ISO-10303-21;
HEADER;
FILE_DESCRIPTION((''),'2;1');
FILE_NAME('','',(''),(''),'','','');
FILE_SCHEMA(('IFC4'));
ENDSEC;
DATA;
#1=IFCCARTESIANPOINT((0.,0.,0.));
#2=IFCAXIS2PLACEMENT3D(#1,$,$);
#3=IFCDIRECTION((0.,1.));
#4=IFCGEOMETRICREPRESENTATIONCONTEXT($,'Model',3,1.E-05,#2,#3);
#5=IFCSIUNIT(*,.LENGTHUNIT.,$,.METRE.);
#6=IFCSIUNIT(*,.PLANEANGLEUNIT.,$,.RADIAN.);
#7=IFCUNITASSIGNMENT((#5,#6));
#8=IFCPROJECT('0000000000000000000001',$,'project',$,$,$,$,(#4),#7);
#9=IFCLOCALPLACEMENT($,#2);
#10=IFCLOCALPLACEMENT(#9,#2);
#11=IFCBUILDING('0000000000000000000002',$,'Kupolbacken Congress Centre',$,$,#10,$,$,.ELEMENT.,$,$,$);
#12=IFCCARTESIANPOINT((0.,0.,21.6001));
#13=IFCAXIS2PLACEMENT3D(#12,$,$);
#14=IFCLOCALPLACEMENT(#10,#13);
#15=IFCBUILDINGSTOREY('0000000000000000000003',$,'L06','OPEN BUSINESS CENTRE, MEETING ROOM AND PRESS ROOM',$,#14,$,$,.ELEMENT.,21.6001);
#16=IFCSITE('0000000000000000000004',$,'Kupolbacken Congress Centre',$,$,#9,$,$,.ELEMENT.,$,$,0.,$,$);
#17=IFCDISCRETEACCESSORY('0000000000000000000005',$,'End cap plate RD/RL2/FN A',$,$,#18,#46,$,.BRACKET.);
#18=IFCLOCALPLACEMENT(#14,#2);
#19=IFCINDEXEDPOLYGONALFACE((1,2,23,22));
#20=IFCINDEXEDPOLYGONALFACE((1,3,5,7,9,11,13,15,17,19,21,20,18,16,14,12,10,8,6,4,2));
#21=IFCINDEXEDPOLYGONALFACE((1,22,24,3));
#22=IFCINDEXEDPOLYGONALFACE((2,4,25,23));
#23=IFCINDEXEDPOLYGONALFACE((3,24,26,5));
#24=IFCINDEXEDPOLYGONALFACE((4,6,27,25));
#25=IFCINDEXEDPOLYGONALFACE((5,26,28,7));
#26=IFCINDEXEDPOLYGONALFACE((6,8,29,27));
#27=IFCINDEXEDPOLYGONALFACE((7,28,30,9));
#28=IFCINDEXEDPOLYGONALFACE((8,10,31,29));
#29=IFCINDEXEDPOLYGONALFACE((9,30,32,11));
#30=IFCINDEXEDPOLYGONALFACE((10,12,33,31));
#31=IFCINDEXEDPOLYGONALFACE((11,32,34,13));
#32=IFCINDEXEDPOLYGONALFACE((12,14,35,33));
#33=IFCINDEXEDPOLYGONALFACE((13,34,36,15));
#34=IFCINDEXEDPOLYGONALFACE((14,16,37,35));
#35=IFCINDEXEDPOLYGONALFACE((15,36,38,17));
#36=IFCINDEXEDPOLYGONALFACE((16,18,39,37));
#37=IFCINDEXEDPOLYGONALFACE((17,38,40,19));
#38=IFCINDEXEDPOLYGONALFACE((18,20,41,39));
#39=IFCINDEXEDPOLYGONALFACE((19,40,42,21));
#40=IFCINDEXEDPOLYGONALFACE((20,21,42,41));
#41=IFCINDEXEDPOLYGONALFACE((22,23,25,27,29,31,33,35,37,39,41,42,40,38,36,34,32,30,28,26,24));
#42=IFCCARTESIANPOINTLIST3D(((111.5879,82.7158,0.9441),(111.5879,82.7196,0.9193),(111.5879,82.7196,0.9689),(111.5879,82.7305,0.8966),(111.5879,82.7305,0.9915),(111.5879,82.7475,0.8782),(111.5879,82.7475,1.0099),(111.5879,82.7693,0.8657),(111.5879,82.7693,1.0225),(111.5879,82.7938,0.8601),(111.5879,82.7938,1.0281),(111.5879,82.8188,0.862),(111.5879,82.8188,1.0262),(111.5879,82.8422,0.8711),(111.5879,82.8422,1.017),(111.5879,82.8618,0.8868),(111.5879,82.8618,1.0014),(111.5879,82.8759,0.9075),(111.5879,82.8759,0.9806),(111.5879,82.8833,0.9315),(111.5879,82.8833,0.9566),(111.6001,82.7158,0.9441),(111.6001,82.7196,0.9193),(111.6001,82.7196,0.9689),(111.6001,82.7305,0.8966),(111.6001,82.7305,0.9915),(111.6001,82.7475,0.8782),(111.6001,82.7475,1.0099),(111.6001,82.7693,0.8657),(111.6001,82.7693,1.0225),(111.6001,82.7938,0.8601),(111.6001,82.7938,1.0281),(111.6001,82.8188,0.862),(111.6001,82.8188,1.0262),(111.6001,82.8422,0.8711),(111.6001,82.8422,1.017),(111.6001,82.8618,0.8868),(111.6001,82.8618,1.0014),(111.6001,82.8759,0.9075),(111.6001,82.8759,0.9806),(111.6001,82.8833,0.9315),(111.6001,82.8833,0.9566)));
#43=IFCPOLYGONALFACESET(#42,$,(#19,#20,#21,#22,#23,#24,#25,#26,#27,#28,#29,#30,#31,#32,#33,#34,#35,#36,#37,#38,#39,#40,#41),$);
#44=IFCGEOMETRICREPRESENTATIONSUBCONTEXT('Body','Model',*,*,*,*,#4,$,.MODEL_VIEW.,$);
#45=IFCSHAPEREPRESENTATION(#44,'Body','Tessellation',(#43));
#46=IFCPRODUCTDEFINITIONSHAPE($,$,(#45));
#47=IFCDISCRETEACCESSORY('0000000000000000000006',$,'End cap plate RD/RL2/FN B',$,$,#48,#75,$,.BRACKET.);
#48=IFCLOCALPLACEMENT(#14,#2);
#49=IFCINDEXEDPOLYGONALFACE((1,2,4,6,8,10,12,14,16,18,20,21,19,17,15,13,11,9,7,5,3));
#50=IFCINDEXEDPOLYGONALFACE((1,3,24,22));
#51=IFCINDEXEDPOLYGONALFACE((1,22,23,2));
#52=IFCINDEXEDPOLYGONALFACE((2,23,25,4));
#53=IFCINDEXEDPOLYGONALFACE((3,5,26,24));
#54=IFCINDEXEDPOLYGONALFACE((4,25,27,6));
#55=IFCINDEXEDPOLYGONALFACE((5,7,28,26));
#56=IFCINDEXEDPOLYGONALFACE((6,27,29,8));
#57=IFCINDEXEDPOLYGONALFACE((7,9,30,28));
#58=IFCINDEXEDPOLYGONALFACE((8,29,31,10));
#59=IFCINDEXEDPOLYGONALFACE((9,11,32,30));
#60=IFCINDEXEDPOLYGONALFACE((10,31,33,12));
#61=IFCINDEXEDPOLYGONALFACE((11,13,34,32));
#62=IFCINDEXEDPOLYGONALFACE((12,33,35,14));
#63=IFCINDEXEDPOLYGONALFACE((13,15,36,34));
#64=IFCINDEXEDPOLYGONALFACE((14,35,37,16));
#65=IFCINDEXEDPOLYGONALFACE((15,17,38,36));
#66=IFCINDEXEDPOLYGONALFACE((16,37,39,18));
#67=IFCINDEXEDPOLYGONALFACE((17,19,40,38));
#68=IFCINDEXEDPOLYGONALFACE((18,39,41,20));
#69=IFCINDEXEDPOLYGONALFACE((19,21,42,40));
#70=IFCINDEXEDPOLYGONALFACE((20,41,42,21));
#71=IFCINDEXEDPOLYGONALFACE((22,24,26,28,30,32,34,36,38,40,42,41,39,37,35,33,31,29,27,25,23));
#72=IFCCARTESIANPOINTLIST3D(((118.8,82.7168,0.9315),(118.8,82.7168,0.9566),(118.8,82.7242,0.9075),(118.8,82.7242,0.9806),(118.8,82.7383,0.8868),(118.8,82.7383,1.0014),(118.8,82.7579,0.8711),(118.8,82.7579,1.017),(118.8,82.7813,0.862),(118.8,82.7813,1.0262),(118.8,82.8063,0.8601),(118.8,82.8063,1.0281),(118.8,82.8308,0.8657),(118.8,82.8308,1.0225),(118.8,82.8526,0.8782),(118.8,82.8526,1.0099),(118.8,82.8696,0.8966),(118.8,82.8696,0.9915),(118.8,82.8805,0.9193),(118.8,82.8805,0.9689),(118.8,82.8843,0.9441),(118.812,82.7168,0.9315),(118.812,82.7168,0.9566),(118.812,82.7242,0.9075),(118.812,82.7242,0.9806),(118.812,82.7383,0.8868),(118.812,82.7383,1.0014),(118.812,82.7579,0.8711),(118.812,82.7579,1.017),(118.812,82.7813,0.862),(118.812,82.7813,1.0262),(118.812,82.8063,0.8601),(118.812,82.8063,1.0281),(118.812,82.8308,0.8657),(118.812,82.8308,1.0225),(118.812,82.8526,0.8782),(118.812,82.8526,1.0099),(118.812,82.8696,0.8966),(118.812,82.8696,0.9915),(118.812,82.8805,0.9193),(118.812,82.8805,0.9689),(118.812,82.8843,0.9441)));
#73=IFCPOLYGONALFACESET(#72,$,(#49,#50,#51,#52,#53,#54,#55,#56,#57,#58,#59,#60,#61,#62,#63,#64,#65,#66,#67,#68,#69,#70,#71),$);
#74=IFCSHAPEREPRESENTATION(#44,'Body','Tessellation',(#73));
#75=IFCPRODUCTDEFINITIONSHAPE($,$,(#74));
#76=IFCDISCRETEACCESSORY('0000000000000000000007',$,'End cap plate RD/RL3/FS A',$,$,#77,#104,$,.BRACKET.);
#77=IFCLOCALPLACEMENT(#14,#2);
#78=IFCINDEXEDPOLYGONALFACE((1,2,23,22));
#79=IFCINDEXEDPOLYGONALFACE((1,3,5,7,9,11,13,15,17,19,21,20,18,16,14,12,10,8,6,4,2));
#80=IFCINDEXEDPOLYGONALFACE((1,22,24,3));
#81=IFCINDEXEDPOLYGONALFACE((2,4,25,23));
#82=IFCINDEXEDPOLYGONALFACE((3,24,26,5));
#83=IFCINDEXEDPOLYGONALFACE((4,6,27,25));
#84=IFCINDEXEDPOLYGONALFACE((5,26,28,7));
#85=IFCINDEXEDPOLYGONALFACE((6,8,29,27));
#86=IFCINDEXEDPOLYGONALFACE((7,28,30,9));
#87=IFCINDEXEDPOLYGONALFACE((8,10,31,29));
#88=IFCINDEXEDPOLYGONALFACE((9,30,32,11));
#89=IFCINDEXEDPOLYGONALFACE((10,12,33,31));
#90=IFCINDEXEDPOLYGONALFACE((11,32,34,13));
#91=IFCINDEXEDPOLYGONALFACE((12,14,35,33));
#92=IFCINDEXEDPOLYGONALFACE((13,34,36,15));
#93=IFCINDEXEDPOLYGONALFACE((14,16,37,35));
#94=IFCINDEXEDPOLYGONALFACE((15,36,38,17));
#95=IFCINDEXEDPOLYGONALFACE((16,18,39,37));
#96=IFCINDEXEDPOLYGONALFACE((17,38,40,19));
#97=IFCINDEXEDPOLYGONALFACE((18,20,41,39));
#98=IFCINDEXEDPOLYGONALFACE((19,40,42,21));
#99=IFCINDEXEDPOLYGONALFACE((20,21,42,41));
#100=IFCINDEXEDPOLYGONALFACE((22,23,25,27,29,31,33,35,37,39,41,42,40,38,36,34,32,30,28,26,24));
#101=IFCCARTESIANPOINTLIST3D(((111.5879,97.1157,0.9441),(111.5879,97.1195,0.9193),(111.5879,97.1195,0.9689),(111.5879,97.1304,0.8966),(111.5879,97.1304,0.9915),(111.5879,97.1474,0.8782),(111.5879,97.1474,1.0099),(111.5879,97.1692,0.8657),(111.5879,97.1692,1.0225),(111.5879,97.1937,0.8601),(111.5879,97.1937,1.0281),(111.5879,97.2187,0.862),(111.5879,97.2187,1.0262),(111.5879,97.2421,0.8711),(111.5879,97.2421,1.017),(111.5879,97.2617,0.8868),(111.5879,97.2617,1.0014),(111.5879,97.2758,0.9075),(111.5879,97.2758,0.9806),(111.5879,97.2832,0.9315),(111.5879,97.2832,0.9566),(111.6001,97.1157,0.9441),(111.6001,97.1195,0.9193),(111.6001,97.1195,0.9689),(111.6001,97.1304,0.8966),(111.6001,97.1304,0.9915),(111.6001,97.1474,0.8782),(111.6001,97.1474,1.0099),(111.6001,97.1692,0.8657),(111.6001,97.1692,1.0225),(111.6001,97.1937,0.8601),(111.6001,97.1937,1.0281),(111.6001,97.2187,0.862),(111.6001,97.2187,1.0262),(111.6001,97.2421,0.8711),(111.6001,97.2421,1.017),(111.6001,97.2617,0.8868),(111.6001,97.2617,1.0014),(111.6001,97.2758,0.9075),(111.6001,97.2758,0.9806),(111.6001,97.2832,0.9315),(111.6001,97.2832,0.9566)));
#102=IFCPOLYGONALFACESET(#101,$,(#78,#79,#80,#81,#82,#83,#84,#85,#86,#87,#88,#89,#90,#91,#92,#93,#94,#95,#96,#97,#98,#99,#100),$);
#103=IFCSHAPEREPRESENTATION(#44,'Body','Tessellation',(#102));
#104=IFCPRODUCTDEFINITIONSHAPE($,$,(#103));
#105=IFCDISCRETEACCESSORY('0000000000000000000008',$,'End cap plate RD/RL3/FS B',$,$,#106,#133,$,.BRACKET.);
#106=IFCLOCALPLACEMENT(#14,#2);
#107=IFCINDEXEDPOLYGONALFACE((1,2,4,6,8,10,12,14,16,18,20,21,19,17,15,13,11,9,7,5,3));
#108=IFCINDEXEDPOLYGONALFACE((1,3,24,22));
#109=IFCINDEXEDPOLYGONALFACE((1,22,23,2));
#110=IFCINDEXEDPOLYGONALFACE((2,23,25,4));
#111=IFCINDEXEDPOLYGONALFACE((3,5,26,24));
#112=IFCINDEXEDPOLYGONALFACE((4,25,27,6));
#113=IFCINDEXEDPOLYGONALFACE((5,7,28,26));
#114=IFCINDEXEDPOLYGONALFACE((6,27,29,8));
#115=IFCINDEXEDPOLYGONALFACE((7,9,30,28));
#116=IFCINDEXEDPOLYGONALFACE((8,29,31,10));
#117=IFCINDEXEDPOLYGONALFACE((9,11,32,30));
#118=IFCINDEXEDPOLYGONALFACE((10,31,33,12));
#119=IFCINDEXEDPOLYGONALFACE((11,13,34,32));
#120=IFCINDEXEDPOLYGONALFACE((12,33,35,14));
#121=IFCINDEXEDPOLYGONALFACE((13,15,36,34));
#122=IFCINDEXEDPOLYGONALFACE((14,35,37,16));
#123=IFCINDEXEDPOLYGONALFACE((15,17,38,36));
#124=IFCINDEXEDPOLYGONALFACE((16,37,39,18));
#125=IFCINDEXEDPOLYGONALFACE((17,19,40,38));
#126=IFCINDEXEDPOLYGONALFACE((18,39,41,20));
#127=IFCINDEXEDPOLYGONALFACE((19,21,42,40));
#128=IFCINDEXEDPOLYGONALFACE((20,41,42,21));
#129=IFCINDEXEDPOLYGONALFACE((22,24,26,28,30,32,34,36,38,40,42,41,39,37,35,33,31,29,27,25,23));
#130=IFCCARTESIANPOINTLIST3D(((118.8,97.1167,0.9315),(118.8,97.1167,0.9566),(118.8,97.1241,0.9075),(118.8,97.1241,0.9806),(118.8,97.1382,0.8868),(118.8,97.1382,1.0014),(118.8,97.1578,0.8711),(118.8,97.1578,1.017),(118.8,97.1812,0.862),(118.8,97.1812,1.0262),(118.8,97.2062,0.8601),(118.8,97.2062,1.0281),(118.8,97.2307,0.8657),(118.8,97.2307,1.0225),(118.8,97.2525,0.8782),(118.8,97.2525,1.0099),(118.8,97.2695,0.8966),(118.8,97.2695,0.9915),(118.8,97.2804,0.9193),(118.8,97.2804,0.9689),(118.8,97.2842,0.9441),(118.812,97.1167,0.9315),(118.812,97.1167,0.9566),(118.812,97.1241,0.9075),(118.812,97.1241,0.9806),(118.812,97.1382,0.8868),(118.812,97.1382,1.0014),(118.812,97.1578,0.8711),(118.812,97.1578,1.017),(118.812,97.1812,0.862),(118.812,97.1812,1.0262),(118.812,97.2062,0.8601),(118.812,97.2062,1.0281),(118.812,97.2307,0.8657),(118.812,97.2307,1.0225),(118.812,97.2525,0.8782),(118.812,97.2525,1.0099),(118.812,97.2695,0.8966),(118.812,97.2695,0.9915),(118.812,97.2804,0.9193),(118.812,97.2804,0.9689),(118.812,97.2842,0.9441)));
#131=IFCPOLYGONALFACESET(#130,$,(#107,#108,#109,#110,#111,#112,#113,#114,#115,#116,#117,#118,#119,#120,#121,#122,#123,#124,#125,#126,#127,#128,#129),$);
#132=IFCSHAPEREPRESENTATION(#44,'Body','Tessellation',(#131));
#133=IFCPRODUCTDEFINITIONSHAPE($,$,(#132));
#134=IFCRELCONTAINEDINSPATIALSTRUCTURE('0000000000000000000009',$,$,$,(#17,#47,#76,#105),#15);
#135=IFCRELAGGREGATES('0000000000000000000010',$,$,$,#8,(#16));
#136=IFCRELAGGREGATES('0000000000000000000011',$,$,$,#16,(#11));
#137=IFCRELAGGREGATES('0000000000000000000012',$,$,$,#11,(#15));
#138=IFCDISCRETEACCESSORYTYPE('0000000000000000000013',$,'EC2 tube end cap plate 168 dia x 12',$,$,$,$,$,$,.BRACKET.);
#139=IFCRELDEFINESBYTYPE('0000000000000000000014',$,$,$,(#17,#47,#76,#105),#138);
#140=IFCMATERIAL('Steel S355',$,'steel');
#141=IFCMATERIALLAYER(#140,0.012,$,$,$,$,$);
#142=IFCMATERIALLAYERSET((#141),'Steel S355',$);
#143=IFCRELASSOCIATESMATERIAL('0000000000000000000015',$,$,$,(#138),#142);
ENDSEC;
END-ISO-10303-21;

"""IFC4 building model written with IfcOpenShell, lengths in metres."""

from ifc_helpers import new_model, si_unit, direction, frame, origin, origin_2d, place, context, subcontext, project, spatial, circle, extrude, material, layer, layer_set, type_object, element, save


model = new_model("IFC4")

# Units and contexts
model_context = context("Model", 3, precision=1e-05, world=origin(), true_north=direction((0.0, 1.0)))
body_context = subcontext(model_context, "Body", "Model", "MODEL_VIEW")
ifc_project = project(units=[si_unit("LENGTHUNIT", "METRE"), si_unit("PLANEANGLEUNIT", "RADIAN")], contexts=[model_context])

# Site, building, storey
site_placement = place(None, origin())
site = spatial("IfcSite", under=ifc_project, at=site_placement, Name="Kupolbacken Congress Centre", CompositionType="ELEMENT", RefElevation=0.0)
building_placement = place(site_placement, origin())
building = spatial("IfcBuilding", under=site, at=building_placement, Name="Kupolbacken Congress Centre", CompositionType="ELEMENT")
storey_placement = place(building_placement, frame((0.0, 0.0, 21.6001)))
storey = spatial("IfcBuildingStorey", under=building, at=storey_placement, Name="L06", Description="OPEN BUSINESS CENTRE, MEETING ROOM AND PRESS ROOM", CompositionType="ELEMENT", Elevation=21.6001)

# Discrete accessories
ifc_material_1 = material(Name="Steel S355", Category="steel")
ifc_layer_1 = layer(ifc_material_1, 0.012)
ifc_layer_set_1 = layer_set([ifc_layer_1], Name="Steel S355")
discrete_accessory_type = type_object("IfcDiscreteAccessoryType", Name="EC2 tube end cap plate 168 dia x 12", PredefinedType="BRACKET", material=ifc_layer_set_1)
discrete_accessory_1_placement = place(storey_placement, frame((111.6001, 82.8, 0.9441), z_axis=(-1.0, 0.0, 0.0), x_axis=(0.0, -1.0, 0.0)))
element("IfcDiscreteAccessory", 1, at=discrete_accessory_1_placement, inside=storey, type_object=discrete_accessory_type, Name="End cap plate RD/RL2/FN A", PredefinedType="BRACKET", context=body_context, shape_type="SweptSolid", body=[
    extrude(circle(Radius=0.0842, at=origin_2d()), origin(), (0.0, 0.0, 1.0), 0.0122),
])
discrete_accessory_2_placement = place(storey_placement, frame((118.8, 82.8, 0.9441), z_axis=(1.0, 0.0, 0.0), x_axis=(0.0, 1.0, 0.0)))
element("IfcDiscreteAccessory", 2, at=discrete_accessory_2_placement, inside=storey, type_object=discrete_accessory_type, Name="End cap plate RD/RL2/FN B", PredefinedType="BRACKET", context=body_context, shape_type="SweptSolid", body=[
    extrude(circle(Radius=0.0842, at=origin_2d()), origin(), (0.0, 0.0, 1.0), 0.012),
])
discrete_accessory_3_placement = place(storey_placement, frame((111.6001, 97.2, 0.9441), z_axis=(-1.0, 0.0, 0.0), x_axis=(0.0, -1.0, 0.0)))
element("IfcDiscreteAccessory", 3, at=discrete_accessory_3_placement, inside=storey, type_object=discrete_accessory_type, Name="End cap plate RD/RL3/FS A", PredefinedType="BRACKET", context=body_context, shape_type="SweptSolid", body=[
    extrude(circle(Radius=0.0842, at=origin_2d()), origin(), (0.0, 0.0, 1.0), 0.0122),
])
discrete_accessory_4_placement = place(storey_placement, frame((118.8, 97.2, 0.9441), z_axis=(1.0, 0.0, 0.0), x_axis=(0.0, 1.0, 0.0)))
element("IfcDiscreteAccessory", 4, at=discrete_accessory_4_placement, inside=storey, type_object=discrete_accessory_type, Name="End cap plate RD/RL3/FS B", PredefinedType="BRACKET", context=body_context, shape_type="SweptSolid", body=[
    extrude(circle(Radius=0.0842, at=origin_2d()), origin(), (0.0, 0.0, 1.0), 0.012),
])

save(model, "model.ifc")
